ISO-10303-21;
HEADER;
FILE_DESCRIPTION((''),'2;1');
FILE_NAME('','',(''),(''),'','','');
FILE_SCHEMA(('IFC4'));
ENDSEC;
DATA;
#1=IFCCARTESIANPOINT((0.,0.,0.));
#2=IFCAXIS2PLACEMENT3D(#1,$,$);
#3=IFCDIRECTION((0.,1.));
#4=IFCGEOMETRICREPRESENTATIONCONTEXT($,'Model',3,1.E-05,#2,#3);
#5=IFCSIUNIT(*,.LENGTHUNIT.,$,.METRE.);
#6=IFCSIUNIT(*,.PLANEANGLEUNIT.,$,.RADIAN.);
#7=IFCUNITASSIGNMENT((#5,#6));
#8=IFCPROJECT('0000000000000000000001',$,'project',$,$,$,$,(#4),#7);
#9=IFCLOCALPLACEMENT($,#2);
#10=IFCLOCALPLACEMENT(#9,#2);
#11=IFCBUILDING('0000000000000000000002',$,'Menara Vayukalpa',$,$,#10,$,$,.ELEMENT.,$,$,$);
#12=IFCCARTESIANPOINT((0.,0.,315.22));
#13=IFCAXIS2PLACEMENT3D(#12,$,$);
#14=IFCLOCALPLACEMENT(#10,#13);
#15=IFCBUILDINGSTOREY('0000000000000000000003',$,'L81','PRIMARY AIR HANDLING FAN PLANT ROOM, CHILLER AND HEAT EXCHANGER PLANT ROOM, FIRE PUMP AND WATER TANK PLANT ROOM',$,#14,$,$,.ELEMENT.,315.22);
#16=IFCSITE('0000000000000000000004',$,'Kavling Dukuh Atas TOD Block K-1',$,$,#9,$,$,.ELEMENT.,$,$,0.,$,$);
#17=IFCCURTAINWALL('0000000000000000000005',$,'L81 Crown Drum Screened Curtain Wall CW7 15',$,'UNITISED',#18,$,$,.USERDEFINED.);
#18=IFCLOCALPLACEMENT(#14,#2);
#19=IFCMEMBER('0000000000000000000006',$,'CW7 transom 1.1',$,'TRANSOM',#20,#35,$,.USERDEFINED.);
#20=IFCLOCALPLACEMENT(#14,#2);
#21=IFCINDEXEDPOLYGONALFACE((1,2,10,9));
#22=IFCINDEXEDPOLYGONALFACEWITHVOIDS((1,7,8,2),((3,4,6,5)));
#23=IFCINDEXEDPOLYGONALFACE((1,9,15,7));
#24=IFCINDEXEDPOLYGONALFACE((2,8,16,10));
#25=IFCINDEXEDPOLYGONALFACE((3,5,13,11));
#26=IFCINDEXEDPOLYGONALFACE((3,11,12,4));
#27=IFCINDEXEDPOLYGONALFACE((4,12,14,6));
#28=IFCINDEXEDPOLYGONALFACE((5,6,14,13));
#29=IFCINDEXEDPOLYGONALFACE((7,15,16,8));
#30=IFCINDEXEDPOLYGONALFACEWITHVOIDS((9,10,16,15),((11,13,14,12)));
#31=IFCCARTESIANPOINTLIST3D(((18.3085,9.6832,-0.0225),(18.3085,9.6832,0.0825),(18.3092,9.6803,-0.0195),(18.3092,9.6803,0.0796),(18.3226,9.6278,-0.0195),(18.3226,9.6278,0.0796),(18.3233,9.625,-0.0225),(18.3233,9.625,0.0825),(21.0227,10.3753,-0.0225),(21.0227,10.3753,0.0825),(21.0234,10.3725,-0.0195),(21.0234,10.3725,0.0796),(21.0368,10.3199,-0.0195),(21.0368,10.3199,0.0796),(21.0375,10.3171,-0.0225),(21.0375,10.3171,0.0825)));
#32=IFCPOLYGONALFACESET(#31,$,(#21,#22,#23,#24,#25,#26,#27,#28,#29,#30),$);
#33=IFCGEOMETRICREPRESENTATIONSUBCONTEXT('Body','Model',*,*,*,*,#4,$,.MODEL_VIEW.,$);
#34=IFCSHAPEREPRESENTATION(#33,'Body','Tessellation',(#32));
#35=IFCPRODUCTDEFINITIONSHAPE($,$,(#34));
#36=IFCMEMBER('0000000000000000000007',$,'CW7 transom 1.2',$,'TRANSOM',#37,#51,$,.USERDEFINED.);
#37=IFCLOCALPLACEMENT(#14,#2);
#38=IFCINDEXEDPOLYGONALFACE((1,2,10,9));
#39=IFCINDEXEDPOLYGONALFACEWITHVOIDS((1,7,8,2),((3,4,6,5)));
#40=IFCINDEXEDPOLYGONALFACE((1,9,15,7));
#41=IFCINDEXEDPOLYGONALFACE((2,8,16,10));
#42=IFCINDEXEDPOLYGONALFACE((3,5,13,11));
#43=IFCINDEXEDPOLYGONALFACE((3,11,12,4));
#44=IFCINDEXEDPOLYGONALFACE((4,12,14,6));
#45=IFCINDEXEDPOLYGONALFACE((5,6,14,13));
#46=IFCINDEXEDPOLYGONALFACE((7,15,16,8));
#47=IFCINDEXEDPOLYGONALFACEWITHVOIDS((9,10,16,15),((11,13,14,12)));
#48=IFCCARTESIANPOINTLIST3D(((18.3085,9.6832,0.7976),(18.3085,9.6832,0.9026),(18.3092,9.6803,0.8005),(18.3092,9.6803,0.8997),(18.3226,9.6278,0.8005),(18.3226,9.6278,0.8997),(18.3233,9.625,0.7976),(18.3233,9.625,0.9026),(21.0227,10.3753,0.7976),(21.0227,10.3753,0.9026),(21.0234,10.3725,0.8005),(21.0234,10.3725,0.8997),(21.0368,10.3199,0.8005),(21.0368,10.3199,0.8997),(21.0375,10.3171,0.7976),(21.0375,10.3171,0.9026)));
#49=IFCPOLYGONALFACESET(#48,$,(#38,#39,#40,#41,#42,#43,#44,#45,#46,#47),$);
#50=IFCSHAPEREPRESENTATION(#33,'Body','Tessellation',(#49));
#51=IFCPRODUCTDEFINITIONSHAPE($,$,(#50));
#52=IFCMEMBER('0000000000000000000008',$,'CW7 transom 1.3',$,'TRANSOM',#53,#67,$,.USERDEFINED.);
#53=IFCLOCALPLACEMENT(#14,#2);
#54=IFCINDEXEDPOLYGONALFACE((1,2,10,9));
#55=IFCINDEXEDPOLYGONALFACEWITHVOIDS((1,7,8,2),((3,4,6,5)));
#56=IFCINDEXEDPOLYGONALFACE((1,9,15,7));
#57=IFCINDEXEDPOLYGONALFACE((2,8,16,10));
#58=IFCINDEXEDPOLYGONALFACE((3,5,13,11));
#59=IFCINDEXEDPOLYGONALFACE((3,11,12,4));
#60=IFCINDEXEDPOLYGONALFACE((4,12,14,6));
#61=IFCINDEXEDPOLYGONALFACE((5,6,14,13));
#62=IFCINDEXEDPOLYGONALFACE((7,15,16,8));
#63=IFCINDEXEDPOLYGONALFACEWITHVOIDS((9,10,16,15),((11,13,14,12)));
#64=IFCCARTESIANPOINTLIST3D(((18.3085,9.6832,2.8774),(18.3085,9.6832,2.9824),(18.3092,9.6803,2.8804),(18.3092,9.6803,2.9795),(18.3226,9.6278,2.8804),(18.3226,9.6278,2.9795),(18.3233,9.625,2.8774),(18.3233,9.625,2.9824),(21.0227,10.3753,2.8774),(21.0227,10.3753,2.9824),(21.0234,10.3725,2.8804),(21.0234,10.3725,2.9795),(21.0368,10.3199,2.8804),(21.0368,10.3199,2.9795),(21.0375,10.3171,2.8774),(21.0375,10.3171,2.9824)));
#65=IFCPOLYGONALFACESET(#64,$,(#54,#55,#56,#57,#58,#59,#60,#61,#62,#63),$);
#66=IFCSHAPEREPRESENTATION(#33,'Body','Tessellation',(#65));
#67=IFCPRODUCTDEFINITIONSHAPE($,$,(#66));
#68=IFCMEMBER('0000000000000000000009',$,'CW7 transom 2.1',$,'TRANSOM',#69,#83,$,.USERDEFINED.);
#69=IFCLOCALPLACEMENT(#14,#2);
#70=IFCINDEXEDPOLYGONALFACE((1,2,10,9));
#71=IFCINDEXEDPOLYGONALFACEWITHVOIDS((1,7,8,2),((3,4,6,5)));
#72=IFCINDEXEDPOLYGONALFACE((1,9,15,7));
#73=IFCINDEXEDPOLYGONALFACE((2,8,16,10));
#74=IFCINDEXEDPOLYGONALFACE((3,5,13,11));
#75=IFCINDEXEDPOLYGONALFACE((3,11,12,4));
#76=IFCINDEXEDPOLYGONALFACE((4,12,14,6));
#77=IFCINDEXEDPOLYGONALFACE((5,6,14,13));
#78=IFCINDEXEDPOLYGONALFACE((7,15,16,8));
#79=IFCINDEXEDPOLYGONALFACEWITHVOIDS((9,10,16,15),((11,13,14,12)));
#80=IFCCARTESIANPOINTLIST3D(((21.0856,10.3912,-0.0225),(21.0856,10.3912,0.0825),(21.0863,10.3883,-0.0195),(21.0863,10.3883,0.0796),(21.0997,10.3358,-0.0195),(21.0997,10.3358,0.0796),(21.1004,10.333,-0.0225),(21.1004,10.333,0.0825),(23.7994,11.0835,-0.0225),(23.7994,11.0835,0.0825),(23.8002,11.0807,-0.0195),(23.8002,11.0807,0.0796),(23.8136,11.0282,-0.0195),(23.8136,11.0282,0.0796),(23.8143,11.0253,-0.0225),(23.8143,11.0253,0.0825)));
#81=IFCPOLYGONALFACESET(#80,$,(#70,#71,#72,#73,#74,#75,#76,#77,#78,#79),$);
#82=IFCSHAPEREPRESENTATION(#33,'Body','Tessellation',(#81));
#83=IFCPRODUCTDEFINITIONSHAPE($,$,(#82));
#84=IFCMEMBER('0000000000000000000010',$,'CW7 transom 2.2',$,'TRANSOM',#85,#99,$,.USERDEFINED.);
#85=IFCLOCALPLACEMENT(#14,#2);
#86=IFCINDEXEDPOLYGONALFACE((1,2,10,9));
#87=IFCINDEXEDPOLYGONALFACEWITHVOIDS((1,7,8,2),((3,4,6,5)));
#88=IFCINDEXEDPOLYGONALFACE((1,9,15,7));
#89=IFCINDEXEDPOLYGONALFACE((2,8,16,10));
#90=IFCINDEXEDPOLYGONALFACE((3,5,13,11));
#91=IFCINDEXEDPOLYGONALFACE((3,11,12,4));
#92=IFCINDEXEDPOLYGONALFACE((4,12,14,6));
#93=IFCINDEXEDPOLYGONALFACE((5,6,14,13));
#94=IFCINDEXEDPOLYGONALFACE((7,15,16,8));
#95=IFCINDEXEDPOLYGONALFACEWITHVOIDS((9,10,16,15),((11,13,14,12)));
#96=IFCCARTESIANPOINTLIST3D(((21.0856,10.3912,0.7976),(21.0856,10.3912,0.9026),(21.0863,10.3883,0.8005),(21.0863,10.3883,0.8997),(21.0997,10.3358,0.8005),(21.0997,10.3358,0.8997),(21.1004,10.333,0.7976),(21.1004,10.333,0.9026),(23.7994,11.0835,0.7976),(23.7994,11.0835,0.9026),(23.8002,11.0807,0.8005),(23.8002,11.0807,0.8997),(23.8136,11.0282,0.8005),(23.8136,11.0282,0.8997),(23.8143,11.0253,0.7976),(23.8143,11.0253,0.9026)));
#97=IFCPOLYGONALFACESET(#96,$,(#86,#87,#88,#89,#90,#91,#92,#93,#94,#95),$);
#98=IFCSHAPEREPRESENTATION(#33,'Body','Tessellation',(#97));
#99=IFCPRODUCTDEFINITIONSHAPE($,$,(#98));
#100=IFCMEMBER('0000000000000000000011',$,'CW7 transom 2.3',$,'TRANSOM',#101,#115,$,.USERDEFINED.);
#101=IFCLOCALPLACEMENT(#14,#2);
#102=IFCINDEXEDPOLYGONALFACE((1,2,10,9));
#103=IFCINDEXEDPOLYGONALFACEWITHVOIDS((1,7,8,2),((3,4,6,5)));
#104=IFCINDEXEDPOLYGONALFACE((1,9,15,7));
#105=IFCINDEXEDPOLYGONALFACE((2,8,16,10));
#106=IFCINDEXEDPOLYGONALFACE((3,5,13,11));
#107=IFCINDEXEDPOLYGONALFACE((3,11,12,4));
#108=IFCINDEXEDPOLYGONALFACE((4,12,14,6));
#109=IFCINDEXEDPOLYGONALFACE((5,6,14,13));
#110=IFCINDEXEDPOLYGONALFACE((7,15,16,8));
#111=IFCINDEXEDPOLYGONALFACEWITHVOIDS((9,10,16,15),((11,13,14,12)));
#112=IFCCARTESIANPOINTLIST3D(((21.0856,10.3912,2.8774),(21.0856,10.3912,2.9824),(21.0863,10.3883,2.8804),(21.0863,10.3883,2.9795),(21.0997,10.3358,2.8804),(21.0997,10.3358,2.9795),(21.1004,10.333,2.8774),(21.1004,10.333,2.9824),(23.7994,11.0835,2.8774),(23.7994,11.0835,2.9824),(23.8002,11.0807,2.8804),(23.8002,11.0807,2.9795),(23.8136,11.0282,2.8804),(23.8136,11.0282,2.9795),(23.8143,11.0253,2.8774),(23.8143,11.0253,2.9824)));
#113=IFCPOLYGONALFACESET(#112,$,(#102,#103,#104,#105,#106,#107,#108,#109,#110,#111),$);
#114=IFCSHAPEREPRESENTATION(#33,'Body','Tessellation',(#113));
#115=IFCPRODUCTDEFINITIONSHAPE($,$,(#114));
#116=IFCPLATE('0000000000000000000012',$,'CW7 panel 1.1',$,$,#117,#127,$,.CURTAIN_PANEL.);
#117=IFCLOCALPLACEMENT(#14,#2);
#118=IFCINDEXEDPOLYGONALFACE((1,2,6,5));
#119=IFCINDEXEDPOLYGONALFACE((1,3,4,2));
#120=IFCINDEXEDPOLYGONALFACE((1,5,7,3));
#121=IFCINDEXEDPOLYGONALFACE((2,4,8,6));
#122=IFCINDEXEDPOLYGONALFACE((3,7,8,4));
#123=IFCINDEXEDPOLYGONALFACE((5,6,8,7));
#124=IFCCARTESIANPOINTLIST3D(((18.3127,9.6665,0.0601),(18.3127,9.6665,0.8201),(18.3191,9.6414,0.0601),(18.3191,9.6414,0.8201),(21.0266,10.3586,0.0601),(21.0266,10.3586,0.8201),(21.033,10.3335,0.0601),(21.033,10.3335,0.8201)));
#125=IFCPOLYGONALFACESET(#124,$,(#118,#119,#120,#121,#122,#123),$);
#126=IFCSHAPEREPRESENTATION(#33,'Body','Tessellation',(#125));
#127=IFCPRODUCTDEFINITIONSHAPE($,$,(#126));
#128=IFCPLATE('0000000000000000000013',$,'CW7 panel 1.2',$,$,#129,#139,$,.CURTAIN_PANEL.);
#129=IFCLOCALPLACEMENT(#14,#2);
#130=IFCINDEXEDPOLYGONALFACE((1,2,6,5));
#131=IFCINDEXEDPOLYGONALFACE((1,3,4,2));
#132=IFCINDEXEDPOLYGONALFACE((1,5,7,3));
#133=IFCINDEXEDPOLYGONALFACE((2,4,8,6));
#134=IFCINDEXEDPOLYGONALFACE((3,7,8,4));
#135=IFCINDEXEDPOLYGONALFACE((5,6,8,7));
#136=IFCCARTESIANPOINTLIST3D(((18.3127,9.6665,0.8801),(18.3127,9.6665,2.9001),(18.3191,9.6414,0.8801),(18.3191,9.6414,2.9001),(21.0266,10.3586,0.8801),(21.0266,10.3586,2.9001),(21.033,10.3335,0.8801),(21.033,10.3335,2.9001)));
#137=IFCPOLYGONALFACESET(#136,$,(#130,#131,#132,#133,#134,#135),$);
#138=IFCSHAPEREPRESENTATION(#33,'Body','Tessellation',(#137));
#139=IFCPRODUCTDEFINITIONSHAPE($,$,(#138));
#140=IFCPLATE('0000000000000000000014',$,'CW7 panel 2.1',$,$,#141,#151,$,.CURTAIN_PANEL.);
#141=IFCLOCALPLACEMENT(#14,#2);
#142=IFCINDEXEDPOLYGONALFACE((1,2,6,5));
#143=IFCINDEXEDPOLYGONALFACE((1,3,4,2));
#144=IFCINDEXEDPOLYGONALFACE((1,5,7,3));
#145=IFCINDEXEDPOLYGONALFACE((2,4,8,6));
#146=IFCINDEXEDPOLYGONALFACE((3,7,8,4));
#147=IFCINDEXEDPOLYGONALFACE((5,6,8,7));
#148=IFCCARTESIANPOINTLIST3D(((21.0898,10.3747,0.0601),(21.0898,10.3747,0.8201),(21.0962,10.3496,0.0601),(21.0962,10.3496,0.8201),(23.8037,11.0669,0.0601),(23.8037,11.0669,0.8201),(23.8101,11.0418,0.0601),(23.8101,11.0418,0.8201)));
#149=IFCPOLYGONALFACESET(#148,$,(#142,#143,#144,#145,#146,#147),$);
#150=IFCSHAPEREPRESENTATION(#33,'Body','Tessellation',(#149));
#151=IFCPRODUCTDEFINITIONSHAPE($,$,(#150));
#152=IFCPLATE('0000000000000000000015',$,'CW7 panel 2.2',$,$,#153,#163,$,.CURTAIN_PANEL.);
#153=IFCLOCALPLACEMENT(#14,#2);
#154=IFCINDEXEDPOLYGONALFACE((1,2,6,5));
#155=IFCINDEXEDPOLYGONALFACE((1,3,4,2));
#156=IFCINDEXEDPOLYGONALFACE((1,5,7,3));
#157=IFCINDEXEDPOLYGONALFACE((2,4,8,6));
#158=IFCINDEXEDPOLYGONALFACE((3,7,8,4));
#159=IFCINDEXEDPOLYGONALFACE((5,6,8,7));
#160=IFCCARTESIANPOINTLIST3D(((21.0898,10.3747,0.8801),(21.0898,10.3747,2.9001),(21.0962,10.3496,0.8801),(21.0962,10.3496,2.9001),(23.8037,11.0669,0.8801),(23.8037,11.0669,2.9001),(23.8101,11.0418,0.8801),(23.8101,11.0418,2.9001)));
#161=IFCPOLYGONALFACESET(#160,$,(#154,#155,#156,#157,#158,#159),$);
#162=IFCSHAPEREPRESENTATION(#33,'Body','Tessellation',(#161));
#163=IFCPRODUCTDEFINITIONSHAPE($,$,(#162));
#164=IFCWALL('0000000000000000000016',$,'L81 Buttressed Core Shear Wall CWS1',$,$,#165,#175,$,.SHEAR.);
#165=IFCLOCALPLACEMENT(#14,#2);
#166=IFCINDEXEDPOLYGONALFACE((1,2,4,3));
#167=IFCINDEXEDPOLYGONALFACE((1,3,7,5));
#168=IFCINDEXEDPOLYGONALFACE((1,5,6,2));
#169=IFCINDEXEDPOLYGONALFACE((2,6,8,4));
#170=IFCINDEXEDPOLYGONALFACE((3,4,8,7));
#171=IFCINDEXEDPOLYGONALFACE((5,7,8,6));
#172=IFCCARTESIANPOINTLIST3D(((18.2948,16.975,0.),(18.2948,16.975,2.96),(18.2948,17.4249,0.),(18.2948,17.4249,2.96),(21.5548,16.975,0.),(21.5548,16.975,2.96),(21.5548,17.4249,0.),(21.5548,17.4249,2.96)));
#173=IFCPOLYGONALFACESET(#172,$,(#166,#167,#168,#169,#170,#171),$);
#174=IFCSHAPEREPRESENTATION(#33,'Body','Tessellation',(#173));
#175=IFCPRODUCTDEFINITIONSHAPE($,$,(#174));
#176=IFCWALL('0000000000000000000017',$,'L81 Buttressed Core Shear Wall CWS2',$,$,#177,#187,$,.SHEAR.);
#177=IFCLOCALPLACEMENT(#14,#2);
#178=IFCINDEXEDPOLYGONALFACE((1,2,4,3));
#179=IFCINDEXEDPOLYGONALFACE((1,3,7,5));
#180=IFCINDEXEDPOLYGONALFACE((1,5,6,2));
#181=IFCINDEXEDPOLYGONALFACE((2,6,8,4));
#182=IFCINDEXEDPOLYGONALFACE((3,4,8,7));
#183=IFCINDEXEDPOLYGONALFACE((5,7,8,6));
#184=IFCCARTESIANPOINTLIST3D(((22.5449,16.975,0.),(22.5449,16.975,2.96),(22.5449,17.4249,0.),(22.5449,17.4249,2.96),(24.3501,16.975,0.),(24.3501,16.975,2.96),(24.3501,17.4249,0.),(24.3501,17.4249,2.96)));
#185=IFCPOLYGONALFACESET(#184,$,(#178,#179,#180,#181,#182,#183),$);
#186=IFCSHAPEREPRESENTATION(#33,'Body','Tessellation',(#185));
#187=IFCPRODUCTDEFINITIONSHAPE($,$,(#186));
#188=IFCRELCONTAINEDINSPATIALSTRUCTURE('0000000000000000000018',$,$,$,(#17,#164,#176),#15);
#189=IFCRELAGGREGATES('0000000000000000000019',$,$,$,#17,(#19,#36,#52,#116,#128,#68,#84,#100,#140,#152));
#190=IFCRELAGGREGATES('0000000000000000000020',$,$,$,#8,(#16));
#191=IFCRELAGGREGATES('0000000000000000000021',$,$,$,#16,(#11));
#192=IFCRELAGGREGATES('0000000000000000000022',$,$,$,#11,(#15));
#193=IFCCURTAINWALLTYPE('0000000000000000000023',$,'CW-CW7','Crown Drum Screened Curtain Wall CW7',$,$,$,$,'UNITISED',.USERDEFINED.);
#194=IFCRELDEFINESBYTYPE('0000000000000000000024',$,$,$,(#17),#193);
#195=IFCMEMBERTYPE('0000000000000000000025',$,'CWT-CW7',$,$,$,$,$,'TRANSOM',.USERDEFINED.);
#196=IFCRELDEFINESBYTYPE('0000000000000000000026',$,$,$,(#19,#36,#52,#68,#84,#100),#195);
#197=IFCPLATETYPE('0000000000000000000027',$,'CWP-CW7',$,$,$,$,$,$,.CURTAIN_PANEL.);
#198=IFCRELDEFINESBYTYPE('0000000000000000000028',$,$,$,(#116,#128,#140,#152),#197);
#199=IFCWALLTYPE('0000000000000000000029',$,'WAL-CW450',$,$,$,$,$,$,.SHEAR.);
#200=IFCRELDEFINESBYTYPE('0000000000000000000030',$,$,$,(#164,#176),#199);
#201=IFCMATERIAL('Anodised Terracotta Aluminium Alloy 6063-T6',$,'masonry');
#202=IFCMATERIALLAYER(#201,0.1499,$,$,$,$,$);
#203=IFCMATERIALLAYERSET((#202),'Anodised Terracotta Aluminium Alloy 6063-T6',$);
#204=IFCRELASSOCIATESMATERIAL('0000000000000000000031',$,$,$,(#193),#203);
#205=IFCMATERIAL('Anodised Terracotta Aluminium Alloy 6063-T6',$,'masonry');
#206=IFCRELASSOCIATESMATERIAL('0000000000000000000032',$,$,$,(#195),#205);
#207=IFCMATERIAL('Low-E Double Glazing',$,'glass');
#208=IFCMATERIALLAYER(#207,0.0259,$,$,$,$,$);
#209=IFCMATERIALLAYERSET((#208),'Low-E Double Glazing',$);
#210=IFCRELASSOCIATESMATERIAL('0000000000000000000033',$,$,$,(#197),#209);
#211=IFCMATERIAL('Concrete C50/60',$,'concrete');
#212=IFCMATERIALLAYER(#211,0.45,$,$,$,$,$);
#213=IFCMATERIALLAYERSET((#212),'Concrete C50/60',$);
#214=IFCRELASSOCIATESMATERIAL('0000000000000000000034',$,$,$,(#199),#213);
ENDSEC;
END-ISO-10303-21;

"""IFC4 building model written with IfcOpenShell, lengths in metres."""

from ifc_helpers import new_model, si_unit, direction, frame, frame_2d, origin, origin_2d, place, context, subcontext, project, spatial, rectangle, hollow_rectangle, extrude, material, layer, layer_set, material_profile, profile_set, type_object, element, aggregate, save


model = new_model("IFC4")

# Units and contexts
model_context = context("Model", 3, precision=1e-05, world=origin(), true_north=direction((0.0, 1.0)))
body_context = subcontext(model_context, "Body", "Model", "MODEL_VIEW")
ifc_project = project(units=[si_unit("LENGTHUNIT", "METRE"), si_unit("PLANEANGLEUNIT", "RADIAN")], contexts=[model_context])

# Site, building, storey
site_placement = place(None, origin())
site = spatial("IfcSite", under=ifc_project, at=site_placement, Name="Kavling Dukuh Atas TOD Block K-1", CompositionType="ELEMENT", RefElevation=0.0)
building_placement = place(site_placement, origin())
building = spatial("IfcBuilding", under=site, at=building_placement, Name="Menara Vayukalpa", CompositionType="ELEMENT")
storey_placement = place(building_placement, frame((0.0, 0.0, 315.22)))
storey = spatial("IfcBuildingStorey", under=building, at=storey_placement, Name="L81", Description="PRIMARY AIR HANDLING FAN PLANT ROOM, CHILLER AND HEAT EXCHANGER PLANT ROOM, FIRE PUMP AND WATER TANK PLANT ROOM", CompositionType="ELEMENT", Elevation=315.22)

# Curtain wall, members, plates
ifc_material_1 = material(Name="Anodised Terracotta Aluminium Alloy 6063-T6", Category="masonry")
ifc_layer_1 = layer(ifc_material_1, 0.1499)
ifc_layer_set_1 = layer_set([ifc_layer_1], Name="Anodised Terracotta Aluminium Alloy 6063-T6")
curtain_wall_type = type_object("IfcCurtainWallType", Name="CW-CW7", Description="Crown Drum Screened Curtain Wall CW7", ElementType="UNITISED", PredefinedType="USERDEFINED", material=ifc_layer_set_1)
curtain_wall_placement = place(storey_placement, origin())
curtain_wall = element("IfcCurtainWall", 1, at=curtain_wall_placement, inside=storey, type_object=curtain_wall_type, Name="L81 Crown Drum Screened Curtain Wall CW7 15", ObjectType="UNITISED", PredefinedType="USERDEFINED")
ifc_material_2 = material(Name="Anodised Terracotta Aluminium Alloy 6063-T6", Category="masonry")
ifc_material_profile_1 = material_profile(ifc_material_2, hollow_rectangle(XDim=0.0601, YDim=0.105, WallThickness=0.0029, at=origin_2d()), Name="ALU 60x105x3")
ifc_profile_set_1 = profile_set([ifc_material_profile_1], Name="Anodised Terracotta Aluminium Alloy 6063-T6")
member_type_1 = type_object("IfcMemberType", Name="CWT-CW7", ElementType="TRANSOM", PredefinedType="USERDEFINED", material=ifc_profile_set_1)
member_1_placement = place(storey_placement, frame((18.3159, 9.6541, 0.03), z_axis=(0.968988, 0.247106, 0.0), x_axis=(-0.247106, 0.968988, 0.0)))
member_1 = element("IfcMember", 2, at=member_1_placement, type_object=member_type_1, Name="CW7 transom 1.1", ObjectType="TRANSOM", PredefinedType="USERDEFINED", context=body_context, shape_type="SweptSolid", body=[
    extrude(hollow_rectangle(XDim=0.0601, YDim=0.105, WallThickness=0.0029, at=origin_2d()), origin(), (0.0, 0.0, 1.0), 2.801),
])
member_2_placement = place(storey_placement, frame((18.3159, 9.6541, 0.8501), z_axis=(0.968988, 0.247106, 0.0), x_axis=(-0.247106, 0.968988, 0.0)))
member_2 = element("IfcMember", 3, at=member_2_placement, type_object=member_type_1, Name="CW7 transom 1.2", ObjectType="TRANSOM", PredefinedType="USERDEFINED", context=body_context, shape_type="SweptSolid", body=[
    extrude(hollow_rectangle(XDim=0.0601, YDim=0.105, WallThickness=0.0029, at=origin_2d()), origin(), (0.0, 0.0, 1.0), 2.801),
])
member_3_placement = place(storey_placement, frame((18.3159, 9.6541, 2.9299), z_axis=(0.968988, 0.247106, 0.0), x_axis=(-0.247106, 0.968988, 0.0)))
member_3 = element("IfcMember", 4, at=member_3_placement, type_object=member_type_1, Name="CW7 transom 1.3", ObjectType="TRANSOM", PredefinedType="USERDEFINED", context=body_context, shape_type="SweptSolid", body=[
    extrude(hollow_rectangle(XDim=0.0601, YDim=0.105, WallThickness=0.0029, at=origin_2d()), origin(), (0.0, 0.0, 1.0), 2.801),
])
member_4_placement = place(storey_placement, frame((21.093, 10.3621, 0.03), z_axis=(0.968962, 0.247209, 0.0), x_axis=(-0.247209, 0.968962, 0.0)))
member_4 = element("IfcMember", 5, at=member_4_placement, type_object=member_type_1, Name="CW7 transom 2.1", ObjectType="TRANSOM", PredefinedType="USERDEFINED", context=body_context, shape_type="SweptSolid", body=[
    extrude(hollow_rectangle(XDim=0.0601, YDim=0.105, WallThickness=0.0029, at=origin_2d()), origin(), (0.0, 0.0, 1.0), 2.8008),
])
member_5_placement = place(storey_placement, frame((21.093, 10.3621, 0.8501), z_axis=(0.968962, 0.247209, 0.0), x_axis=(-0.247209, 0.968962, 0.0)))
member_5 = element("IfcMember", 6, at=member_5_placement, type_object=member_type_1, Name="CW7 transom 2.2", ObjectType="TRANSOM", PredefinedType="USERDEFINED", context=body_context, shape_type="SweptSolid", body=[
    extrude(hollow_rectangle(XDim=0.0601, YDim=0.105, WallThickness=0.0029, at=origin_2d()), origin(), (0.0, 0.0, 1.0), 2.8008),
])
member_6_placement = place(storey_placement, frame((21.093, 10.3621, 2.9299), z_axis=(0.968962, 0.247209, 0.0), x_axis=(-0.247209, 0.968962, 0.0)))
member_6 = element("IfcMember", 7, at=member_6_placement, type_object=member_type_1, Name="CW7 transom 2.3", ObjectType="TRANSOM", PredefinedType="USERDEFINED", context=body_context, shape_type="SweptSolid", body=[
    extrude(hollow_rectangle(XDim=0.0601, YDim=0.105, WallThickness=0.0029, at=origin_2d()), origin(), (0.0, 0.0, 1.0), 2.8008),
])
ifc_material_3 = material(Name="Low-E Double Glazing", Category="glass")
ifc_layer_2 = layer(ifc_material_3, 0.0259)
ifc_layer_set_2 = layer_set([ifc_layer_2], Name="Low-E Double Glazing")
plate_type = type_object("IfcPlateType", Name="CWP-CW7", PredefinedType="CURTAIN_PANEL", material=ifc_layer_set_2)
plate_1_placement = place(storey_placement, frame((19.6729, 10.0, 0.0601), z_axis=(0.0, 0.0, 1.0), x_axis=(0.968984, 0.247124, 0.0)))
plate_1 = element("IfcPlate", 8, at=plate_1_placement, type_object=plate_type, Name="CW7 panel 1.1", PredefinedType="CURTAIN_PANEL", context=body_context, shape_type="SweptSolid", body=[
    extrude(rectangle(XDim=2.8008, YDim=0.0259, at=origin_2d()), origin(), (0.0, 0.0, 1.0), 0.76),
])
plate_2_placement = place(storey_placement, frame((19.6729, 10.0, 0.8801), z_axis=(0.0, 0.0, 1.0), x_axis=(0.968984, 0.247124, 0.0)))
plate_2 = element("IfcPlate", 9, at=plate_2_placement, type_object=plate_type, Name="CW7 panel 1.2", PredefinedType="CURTAIN_PANEL", context=body_context, shape_type="SweptSolid", body=[
    extrude(rectangle(XDim=2.8008, YDim=0.0259, at=origin_2d()), origin(), (0.0, 0.0, 1.0), 2.02),
])
plate_3_placement = place(storey_placement, frame((22.45, 10.7083, 0.0601), z_axis=(0.0, 0.0, 1.0), x_axis=(0.968984, 0.247124, 0.0)))
plate_3 = element("IfcPlate", 10, at=plate_3_placement, type_object=plate_type, Name="CW7 panel 2.1", PredefinedType="CURTAIN_PANEL", context=body_context, shape_type="SweptSolid", body=[
    extrude(rectangle(XDim=2.8008, YDim=0.0259, at=origin_2d()), origin(), (0.0, 0.0, 1.0), 0.76),
])
plate_4_placement = place(storey_placement, frame((22.45, 10.7083, 0.8801), z_axis=(0.0, 0.0, 1.0), x_axis=(0.968984, 0.247124, 0.0)))
plate_4 = element("IfcPlate", 11, at=plate_4_placement, type_object=plate_type, Name="CW7 panel 2.2", PredefinedType="CURTAIN_PANEL", context=body_context, shape_type="SweptSolid", body=[
    extrude(rectangle(XDim=2.8008, YDim=0.0259, at=origin_2d()), origin(), (0.0, 0.0, 1.0), 2.02),
])
aggregate(curtain_wall, [member_1, member_2, member_3, plate_1, plate_2, member_4, member_5, member_6, plate_3, plate_4])

# Walls
ifc_material_4 = material(Name="Concrete C50/60", Category="concrete")
ifc_layer_3 = layer(ifc_material_4, 0.45)
ifc_layer_set_3 = layer_set([ifc_layer_3], Name="Concrete C50/60")
wall_type_1 = type_object("IfcWallType", Name="WAL-CW450", PredefinedType="SHEAR", material=ifc_layer_set_3)
wall_1_placement = place(storey_placement, frame((18.2949, 17.2, 0.0), z_axis=(0.0, 0.0, 1.0), x_axis=(1.0, 0.0, 0.0)))
element("IfcWall", 12, at=wall_1_placement, inside=storey, type_object=wall_type_1, Name="L81 Buttressed Core Shear Wall CWS1", PredefinedType="SHEAR", context=body_context, shape_type="SweptSolid", body=[
    extrude(rectangle(XDim=3.26, YDim=0.45, at=frame_2d((1.6299, 0.0))), origin(), (0.0, 0.0, 1.0), 2.96),
])
wall_2_placement = place(storey_placement, frame((22.5449, 17.2, 0.0), z_axis=(0.0, 0.0, 1.0), x_axis=(1.0, 0.0, 0.0)))
element("IfcWall", 13, at=wall_2_placement, inside=storey, type_object=wall_type_1, Name="L81 Buttressed Core Shear Wall CWS2", PredefinedType="SHEAR", context=body_context, shape_type="SweptSolid", body=[
    extrude(rectangle(XDim=1.8052, YDim=0.45, at=frame_2d((0.9026, 0.0))), origin(), (0.0, 0.0, 1.0), 2.96),
])

save(model, "model.ifc")
